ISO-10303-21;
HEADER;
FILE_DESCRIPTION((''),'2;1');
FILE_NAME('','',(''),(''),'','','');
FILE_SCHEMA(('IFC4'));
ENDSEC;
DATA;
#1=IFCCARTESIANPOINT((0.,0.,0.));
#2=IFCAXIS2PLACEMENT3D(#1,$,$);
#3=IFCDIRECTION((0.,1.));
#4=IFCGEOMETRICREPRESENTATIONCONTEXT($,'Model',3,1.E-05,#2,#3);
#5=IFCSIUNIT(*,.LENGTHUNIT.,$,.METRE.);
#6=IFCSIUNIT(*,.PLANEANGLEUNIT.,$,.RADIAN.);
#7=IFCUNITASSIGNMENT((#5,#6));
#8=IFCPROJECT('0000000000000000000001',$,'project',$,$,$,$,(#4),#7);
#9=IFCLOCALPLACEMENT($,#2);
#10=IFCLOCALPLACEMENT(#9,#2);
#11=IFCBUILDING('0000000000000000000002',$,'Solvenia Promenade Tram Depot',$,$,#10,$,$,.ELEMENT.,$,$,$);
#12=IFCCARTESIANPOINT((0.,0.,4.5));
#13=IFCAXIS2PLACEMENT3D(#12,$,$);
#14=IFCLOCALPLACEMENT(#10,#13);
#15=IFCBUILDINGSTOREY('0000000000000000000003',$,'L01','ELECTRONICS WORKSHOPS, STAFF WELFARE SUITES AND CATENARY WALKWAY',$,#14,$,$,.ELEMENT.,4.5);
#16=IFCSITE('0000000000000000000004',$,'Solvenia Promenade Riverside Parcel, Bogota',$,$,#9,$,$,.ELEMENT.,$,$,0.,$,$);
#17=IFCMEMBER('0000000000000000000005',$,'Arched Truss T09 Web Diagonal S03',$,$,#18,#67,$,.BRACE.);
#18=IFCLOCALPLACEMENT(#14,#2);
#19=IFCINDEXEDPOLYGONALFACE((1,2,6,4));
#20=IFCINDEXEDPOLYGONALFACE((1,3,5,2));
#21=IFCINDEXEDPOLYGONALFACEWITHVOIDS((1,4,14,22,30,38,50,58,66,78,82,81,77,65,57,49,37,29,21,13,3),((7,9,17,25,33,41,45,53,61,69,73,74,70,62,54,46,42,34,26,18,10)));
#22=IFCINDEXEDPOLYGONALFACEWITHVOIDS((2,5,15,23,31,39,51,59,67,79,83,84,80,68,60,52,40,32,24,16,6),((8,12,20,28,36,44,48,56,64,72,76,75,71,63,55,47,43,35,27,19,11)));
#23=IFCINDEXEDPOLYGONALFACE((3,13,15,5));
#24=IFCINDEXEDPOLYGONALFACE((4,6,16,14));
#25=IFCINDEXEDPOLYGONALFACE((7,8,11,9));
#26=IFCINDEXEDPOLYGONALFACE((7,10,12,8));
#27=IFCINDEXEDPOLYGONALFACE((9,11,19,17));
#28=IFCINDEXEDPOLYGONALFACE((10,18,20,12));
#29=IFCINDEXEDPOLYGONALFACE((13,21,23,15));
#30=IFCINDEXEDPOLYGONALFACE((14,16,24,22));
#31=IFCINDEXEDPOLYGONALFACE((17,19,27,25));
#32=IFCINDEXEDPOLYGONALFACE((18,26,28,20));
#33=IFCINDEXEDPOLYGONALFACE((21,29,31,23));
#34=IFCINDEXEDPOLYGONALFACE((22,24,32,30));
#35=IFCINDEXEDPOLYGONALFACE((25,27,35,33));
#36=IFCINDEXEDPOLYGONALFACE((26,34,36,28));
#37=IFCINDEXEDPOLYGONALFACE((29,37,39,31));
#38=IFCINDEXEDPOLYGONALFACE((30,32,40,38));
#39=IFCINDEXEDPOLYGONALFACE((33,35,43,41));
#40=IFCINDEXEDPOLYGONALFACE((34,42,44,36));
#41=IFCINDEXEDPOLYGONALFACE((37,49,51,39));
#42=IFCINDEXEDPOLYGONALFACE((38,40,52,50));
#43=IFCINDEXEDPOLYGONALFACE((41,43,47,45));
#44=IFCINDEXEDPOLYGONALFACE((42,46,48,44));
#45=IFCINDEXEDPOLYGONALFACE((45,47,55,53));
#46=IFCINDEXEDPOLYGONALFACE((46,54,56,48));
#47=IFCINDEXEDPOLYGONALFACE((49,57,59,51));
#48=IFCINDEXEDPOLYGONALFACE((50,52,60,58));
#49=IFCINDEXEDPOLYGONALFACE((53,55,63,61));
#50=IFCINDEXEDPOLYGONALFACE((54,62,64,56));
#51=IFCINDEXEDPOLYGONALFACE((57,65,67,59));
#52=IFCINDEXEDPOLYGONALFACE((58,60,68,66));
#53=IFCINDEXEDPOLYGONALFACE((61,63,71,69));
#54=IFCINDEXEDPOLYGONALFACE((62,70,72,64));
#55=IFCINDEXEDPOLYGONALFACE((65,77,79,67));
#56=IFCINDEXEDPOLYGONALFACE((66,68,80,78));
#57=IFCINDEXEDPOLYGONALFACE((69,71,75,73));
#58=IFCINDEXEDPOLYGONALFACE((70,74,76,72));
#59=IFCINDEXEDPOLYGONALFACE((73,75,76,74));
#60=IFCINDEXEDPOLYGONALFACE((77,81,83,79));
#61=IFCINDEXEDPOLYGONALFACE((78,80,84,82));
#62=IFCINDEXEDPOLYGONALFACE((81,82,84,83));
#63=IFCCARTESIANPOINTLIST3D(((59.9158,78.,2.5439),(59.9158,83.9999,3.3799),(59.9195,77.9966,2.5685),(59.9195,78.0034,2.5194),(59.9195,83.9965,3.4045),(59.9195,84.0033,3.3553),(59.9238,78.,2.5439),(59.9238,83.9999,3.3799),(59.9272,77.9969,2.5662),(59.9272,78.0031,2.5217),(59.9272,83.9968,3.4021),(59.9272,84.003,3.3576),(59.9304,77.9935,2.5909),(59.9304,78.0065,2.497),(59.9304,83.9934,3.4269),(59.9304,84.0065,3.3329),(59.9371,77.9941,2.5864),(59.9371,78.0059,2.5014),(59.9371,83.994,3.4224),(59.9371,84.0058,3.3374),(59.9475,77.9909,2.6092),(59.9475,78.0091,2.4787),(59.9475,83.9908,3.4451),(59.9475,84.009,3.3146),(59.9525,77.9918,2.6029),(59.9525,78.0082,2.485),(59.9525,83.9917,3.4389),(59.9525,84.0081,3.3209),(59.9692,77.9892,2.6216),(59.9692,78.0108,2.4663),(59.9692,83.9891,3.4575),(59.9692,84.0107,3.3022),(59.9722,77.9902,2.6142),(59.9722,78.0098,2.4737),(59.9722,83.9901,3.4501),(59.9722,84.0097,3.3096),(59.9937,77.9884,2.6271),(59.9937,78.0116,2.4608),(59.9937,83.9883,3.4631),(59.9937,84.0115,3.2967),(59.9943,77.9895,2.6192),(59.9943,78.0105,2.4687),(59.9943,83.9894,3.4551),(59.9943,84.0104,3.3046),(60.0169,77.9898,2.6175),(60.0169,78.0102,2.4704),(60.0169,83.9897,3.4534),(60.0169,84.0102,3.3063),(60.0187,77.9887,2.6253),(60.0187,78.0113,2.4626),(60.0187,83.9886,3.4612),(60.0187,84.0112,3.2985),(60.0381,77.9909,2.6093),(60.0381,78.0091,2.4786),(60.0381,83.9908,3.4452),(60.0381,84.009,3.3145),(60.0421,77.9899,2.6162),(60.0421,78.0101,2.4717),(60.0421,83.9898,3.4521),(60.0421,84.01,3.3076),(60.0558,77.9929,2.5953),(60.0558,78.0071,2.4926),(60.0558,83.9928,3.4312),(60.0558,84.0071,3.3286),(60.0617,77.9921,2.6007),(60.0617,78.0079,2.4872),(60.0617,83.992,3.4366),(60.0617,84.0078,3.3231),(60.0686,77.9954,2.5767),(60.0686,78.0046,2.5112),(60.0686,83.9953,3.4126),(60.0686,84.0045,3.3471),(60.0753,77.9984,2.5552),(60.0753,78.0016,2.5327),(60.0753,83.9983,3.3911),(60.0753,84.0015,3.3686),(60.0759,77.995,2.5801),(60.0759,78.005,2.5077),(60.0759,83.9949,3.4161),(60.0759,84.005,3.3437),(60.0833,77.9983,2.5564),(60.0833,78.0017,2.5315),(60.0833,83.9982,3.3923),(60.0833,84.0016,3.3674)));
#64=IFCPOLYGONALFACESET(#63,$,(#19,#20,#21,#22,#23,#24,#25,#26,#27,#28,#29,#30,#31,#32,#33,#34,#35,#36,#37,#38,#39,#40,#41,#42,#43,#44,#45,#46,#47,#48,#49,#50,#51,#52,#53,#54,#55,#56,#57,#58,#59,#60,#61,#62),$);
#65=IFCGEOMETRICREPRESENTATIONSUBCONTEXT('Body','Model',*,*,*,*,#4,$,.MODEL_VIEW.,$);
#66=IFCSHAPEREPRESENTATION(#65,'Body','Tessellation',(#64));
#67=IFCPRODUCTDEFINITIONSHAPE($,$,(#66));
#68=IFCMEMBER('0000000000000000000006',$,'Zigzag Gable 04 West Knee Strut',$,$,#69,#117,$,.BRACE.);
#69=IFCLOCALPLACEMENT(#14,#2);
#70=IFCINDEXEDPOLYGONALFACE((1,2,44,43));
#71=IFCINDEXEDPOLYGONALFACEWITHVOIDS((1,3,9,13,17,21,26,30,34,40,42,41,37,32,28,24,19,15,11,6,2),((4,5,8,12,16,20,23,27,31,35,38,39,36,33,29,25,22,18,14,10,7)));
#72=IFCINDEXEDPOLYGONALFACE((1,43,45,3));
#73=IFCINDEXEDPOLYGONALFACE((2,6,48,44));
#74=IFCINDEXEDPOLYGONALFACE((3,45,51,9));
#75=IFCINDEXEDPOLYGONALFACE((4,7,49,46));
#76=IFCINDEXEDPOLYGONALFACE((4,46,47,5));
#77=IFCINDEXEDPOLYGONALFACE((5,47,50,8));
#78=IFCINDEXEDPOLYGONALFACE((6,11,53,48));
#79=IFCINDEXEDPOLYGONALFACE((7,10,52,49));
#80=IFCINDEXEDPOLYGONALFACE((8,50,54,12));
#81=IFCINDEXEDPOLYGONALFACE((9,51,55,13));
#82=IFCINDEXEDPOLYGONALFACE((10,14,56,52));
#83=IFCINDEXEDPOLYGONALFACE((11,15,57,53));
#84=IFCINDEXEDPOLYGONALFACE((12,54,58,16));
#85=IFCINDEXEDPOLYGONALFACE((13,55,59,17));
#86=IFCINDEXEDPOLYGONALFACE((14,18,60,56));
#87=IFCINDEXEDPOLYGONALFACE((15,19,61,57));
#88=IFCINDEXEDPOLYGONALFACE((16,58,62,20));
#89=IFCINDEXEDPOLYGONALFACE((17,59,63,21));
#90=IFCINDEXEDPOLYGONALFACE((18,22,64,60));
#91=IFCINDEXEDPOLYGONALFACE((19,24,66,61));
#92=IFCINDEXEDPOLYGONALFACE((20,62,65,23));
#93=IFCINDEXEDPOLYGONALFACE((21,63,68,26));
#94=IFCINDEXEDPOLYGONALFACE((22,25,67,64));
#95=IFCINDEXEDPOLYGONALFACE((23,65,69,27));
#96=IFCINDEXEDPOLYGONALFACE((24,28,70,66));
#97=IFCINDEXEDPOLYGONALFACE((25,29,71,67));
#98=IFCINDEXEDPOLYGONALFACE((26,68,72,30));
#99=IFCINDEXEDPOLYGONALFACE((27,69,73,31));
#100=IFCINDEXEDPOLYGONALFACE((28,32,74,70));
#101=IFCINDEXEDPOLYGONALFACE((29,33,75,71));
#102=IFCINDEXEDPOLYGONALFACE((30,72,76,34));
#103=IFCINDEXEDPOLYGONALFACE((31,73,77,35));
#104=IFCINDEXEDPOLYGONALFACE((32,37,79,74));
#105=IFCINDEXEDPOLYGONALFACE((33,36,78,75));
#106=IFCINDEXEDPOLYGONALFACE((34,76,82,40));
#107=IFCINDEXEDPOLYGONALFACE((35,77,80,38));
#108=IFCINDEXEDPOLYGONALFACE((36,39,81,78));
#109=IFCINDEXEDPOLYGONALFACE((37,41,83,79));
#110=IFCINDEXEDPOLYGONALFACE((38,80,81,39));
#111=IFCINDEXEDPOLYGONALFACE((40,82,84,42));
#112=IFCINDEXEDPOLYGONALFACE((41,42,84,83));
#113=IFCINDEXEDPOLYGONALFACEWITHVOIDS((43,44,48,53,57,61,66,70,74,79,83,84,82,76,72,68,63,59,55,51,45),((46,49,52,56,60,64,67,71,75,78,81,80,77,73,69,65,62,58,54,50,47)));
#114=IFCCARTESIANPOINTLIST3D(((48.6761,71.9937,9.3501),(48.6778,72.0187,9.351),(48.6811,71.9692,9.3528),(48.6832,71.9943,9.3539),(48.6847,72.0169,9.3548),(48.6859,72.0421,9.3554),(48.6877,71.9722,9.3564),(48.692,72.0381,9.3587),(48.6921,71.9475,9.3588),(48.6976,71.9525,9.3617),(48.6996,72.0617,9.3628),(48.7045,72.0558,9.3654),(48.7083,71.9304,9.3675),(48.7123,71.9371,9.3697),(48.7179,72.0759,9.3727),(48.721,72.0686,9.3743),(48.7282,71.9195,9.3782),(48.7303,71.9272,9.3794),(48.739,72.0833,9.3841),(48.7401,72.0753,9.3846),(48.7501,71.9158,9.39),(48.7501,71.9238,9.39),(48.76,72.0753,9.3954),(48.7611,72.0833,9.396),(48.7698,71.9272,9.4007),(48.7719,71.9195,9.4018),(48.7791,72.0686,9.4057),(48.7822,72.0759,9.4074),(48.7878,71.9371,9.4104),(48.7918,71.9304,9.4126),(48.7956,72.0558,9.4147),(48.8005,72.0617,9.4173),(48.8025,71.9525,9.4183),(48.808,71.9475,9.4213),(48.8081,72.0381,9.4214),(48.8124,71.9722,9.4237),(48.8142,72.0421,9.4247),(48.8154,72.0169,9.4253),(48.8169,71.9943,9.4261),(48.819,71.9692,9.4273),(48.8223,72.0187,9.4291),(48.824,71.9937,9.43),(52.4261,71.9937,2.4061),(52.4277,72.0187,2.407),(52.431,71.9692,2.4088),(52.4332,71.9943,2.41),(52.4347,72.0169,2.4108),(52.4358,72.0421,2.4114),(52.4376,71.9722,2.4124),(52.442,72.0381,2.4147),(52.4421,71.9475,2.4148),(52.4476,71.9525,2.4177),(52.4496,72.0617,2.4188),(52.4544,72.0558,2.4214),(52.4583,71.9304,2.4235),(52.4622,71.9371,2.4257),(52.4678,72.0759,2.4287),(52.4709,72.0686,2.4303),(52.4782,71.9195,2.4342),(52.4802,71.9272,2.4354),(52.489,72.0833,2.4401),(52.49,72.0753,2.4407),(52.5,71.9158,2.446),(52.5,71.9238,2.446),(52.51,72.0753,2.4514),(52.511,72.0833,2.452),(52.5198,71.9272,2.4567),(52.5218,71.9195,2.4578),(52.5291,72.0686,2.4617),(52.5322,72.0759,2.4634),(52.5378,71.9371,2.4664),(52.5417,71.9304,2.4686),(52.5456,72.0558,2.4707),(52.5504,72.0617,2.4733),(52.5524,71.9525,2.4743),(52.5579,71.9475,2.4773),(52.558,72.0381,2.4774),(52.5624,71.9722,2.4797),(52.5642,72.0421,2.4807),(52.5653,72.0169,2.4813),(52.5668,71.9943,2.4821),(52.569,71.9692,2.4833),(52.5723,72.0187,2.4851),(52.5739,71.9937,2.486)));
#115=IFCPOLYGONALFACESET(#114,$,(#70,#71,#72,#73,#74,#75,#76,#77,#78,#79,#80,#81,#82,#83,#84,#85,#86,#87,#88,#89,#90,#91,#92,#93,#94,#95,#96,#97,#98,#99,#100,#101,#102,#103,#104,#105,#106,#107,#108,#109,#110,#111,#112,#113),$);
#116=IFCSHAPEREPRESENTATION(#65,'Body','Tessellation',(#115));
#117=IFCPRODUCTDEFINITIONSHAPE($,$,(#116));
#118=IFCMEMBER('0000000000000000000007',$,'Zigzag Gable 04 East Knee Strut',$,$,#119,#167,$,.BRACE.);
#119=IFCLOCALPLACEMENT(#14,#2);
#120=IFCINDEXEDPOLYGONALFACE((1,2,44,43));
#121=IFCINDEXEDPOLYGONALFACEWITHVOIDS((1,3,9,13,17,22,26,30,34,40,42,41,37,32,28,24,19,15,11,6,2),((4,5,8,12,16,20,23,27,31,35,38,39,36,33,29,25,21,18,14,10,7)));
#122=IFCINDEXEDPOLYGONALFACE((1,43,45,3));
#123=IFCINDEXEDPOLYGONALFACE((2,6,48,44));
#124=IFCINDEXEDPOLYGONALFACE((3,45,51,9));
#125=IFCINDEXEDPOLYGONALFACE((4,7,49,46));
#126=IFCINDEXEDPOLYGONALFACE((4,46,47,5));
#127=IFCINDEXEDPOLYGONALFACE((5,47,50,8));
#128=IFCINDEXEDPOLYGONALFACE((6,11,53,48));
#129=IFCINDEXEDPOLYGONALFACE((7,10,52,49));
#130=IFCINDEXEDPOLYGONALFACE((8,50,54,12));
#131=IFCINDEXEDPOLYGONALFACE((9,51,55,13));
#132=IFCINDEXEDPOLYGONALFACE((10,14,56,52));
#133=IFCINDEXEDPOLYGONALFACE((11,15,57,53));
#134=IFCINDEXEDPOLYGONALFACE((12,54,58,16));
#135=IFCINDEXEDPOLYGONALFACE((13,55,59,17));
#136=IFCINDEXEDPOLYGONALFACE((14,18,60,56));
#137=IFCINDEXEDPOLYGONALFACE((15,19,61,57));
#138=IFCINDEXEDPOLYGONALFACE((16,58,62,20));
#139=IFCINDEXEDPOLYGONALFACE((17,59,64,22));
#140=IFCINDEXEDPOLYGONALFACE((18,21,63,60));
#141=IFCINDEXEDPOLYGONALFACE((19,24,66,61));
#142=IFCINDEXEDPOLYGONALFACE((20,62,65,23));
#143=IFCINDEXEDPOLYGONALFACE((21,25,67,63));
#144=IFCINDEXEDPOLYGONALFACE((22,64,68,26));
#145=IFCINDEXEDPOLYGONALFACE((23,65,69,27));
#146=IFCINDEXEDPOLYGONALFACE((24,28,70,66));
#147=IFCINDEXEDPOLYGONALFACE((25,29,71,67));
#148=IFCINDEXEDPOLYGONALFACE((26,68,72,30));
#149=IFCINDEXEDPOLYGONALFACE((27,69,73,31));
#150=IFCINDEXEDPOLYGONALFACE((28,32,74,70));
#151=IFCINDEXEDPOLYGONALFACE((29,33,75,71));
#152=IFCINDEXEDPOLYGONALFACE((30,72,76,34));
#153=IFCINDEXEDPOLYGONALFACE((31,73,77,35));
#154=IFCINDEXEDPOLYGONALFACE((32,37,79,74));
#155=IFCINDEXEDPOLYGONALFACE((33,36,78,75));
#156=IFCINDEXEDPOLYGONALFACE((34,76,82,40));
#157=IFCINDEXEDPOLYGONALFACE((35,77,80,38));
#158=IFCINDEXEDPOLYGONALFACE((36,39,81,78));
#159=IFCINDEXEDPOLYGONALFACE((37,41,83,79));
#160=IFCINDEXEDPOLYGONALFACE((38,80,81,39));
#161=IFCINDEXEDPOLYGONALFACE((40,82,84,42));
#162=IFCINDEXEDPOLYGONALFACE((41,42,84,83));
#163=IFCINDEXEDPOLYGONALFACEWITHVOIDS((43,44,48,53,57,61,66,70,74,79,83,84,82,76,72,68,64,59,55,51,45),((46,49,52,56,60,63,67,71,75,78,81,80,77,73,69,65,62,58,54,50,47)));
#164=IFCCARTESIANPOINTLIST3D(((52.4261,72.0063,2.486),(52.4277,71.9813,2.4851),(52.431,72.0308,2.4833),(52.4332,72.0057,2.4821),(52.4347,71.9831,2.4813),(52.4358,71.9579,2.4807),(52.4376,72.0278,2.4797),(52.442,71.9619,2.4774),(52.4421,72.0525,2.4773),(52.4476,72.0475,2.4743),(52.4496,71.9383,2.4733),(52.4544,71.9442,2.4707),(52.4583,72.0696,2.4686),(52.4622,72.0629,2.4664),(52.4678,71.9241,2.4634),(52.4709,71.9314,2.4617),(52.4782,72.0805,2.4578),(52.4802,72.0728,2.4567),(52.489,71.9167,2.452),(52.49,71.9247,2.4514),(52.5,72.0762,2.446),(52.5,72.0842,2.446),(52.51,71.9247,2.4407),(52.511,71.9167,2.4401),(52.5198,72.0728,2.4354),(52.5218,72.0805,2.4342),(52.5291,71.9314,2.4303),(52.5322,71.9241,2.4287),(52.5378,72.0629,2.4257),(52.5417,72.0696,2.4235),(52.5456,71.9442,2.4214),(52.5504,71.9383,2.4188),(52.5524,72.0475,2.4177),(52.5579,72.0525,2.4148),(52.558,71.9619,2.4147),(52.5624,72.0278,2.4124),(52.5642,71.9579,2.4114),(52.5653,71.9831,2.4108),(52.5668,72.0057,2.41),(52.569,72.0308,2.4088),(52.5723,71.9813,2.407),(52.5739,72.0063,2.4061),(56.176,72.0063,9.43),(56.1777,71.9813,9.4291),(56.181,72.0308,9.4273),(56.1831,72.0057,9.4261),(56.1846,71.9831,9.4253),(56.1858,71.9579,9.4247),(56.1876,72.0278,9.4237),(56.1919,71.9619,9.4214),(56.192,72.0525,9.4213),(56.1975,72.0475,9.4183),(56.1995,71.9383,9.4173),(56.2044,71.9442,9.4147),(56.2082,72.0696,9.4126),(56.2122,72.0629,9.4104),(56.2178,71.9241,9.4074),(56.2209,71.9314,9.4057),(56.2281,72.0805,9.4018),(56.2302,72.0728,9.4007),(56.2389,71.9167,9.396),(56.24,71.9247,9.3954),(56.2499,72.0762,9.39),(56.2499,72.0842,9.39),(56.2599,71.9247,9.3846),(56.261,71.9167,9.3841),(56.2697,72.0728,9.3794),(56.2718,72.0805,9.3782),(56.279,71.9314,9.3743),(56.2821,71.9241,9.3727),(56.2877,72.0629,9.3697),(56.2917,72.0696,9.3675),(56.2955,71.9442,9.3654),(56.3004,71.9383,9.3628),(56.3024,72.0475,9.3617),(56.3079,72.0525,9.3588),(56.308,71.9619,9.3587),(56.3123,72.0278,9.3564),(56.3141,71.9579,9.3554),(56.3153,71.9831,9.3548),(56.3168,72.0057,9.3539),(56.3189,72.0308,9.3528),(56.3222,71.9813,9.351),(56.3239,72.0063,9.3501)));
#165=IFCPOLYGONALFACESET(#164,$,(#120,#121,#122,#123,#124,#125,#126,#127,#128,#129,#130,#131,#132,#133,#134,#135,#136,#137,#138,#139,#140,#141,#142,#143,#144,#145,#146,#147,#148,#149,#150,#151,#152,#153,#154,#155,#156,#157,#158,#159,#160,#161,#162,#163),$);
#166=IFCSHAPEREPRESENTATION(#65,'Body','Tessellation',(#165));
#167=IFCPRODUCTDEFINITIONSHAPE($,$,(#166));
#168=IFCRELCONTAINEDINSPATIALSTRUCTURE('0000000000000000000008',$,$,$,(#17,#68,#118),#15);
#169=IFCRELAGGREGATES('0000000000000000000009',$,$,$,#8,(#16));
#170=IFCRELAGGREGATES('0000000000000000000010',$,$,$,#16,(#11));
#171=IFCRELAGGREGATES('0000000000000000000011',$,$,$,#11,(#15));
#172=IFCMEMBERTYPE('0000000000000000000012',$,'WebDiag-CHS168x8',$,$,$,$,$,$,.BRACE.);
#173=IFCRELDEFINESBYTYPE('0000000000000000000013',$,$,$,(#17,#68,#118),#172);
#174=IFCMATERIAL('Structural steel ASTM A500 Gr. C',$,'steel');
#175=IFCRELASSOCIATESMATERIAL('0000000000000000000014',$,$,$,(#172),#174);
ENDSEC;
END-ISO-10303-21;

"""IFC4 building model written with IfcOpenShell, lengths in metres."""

from ifc_helpers import new_model, si_unit, direction, frame, origin, origin_2d, place, context, subcontext, project, spatial, hollow_circle, extrude, material, material_profile, profile_set, type_object, element, save


model = new_model("IFC4")

# Units and contexts
model_context = context("Model", 3, precision=1e-05, world=origin(), true_north=direction((0.0, 1.0)))
body_context = subcontext(model_context, "Body", "Model", "MODEL_VIEW")
ifc_project = project(units=[si_unit("LENGTHUNIT", "METRE"), si_unit("PLANEANGLEUNIT", "RADIAN")], contexts=[model_context])

# Site, building, storey
site_placement = place(None, origin())
site = spatial("IfcSite", under=ifc_project, at=site_placement, Name="Solvenia Promenade Riverside Parcel, Bogota", CompositionType="ELEMENT", RefElevation=0.0)
building_placement = place(site_placement, origin())
building = spatial("IfcBuilding", under=site, at=building_placement, Name="Solvenia Promenade Tram Depot", CompositionType="ELEMENT")
storey_placement = place(building_placement, frame((0.0, 0.0, 4.5)))
storey = spatial("IfcBuildingStorey", under=building, at=storey_placement, Name="L01", Description="ELECTRONICS WORKSHOPS, STAFF WELFARE SUITES AND CATENARY WALKWAY", CompositionType="ELEMENT", Elevation=4.5)

# Shared definitions
ifc_material_1 = material(Name="Structural steel ASTM A500 Gr. C", Category="steel")

# Members
ifc_material_profile_1 = material_profile(ifc_material_1, hollow_circle(Radius=0.0842, WallThickness=0.0081, at=origin_2d()), Name="CHS168.3x8", Category="steel")
ifc_profile_set_1 = profile_set([ifc_material_profile_1], Name="Structural steel ASTM A500 Gr. C")
member_type_1 = type_object("IfcMemberType", Name="WebDiag-CHS168x8", PredefinedType="BRACE", material=ifc_profile_set_1)
member_1_placement = place(storey_placement, frame((60.0, 78.0, 2.5439), z_axis=(0.0, 0.990434, 0.13799), x_axis=(-1.0, 0.0, 0.0)))
element("IfcMember", 1, at=member_1_placement, inside=storey, type_object=member_type_1, Name="Arched Truss T09 Web Diagonal S03", PredefinedType="BRACE", context=body_context, shape_type="SweptSolid", body=[
    extrude(hollow_circle(Radius=0.0842, WallThickness=0.0081, at=origin_2d()), origin(), (0.0, 0.0, 1.0), 6.0579),
])
for number, where, z_axis, x_axis, name in (
    (2, (52.5, 72.0, 2.446), (-0.475168, 0.0, 0.879895), (0.0, -1.0, 0.0), "Zigzag Gable 04 West Knee Strut"),
    (3, (52.5, 72.0, 2.446), (0.475168, 0.0, 0.879895), (0.0, 1.0, 0.0), "Zigzag Gable 04 East Knee Strut"),
):
    element("IfcMember", number, at=place(storey_placement, frame(where, z_axis=z_axis, x_axis=x_axis)), inside=storey, type_object=member_type_1, Name=name, PredefinedType="BRACE", context=body_context, shape_type="SweptSolid", body=[
        extrude(hollow_circle(Radius=0.0842, WallThickness=0.0081, at=origin_2d()), origin(), (0.0, 0.0, 1.0), 7.8918),
    ])

save(model, "model.ifc")
